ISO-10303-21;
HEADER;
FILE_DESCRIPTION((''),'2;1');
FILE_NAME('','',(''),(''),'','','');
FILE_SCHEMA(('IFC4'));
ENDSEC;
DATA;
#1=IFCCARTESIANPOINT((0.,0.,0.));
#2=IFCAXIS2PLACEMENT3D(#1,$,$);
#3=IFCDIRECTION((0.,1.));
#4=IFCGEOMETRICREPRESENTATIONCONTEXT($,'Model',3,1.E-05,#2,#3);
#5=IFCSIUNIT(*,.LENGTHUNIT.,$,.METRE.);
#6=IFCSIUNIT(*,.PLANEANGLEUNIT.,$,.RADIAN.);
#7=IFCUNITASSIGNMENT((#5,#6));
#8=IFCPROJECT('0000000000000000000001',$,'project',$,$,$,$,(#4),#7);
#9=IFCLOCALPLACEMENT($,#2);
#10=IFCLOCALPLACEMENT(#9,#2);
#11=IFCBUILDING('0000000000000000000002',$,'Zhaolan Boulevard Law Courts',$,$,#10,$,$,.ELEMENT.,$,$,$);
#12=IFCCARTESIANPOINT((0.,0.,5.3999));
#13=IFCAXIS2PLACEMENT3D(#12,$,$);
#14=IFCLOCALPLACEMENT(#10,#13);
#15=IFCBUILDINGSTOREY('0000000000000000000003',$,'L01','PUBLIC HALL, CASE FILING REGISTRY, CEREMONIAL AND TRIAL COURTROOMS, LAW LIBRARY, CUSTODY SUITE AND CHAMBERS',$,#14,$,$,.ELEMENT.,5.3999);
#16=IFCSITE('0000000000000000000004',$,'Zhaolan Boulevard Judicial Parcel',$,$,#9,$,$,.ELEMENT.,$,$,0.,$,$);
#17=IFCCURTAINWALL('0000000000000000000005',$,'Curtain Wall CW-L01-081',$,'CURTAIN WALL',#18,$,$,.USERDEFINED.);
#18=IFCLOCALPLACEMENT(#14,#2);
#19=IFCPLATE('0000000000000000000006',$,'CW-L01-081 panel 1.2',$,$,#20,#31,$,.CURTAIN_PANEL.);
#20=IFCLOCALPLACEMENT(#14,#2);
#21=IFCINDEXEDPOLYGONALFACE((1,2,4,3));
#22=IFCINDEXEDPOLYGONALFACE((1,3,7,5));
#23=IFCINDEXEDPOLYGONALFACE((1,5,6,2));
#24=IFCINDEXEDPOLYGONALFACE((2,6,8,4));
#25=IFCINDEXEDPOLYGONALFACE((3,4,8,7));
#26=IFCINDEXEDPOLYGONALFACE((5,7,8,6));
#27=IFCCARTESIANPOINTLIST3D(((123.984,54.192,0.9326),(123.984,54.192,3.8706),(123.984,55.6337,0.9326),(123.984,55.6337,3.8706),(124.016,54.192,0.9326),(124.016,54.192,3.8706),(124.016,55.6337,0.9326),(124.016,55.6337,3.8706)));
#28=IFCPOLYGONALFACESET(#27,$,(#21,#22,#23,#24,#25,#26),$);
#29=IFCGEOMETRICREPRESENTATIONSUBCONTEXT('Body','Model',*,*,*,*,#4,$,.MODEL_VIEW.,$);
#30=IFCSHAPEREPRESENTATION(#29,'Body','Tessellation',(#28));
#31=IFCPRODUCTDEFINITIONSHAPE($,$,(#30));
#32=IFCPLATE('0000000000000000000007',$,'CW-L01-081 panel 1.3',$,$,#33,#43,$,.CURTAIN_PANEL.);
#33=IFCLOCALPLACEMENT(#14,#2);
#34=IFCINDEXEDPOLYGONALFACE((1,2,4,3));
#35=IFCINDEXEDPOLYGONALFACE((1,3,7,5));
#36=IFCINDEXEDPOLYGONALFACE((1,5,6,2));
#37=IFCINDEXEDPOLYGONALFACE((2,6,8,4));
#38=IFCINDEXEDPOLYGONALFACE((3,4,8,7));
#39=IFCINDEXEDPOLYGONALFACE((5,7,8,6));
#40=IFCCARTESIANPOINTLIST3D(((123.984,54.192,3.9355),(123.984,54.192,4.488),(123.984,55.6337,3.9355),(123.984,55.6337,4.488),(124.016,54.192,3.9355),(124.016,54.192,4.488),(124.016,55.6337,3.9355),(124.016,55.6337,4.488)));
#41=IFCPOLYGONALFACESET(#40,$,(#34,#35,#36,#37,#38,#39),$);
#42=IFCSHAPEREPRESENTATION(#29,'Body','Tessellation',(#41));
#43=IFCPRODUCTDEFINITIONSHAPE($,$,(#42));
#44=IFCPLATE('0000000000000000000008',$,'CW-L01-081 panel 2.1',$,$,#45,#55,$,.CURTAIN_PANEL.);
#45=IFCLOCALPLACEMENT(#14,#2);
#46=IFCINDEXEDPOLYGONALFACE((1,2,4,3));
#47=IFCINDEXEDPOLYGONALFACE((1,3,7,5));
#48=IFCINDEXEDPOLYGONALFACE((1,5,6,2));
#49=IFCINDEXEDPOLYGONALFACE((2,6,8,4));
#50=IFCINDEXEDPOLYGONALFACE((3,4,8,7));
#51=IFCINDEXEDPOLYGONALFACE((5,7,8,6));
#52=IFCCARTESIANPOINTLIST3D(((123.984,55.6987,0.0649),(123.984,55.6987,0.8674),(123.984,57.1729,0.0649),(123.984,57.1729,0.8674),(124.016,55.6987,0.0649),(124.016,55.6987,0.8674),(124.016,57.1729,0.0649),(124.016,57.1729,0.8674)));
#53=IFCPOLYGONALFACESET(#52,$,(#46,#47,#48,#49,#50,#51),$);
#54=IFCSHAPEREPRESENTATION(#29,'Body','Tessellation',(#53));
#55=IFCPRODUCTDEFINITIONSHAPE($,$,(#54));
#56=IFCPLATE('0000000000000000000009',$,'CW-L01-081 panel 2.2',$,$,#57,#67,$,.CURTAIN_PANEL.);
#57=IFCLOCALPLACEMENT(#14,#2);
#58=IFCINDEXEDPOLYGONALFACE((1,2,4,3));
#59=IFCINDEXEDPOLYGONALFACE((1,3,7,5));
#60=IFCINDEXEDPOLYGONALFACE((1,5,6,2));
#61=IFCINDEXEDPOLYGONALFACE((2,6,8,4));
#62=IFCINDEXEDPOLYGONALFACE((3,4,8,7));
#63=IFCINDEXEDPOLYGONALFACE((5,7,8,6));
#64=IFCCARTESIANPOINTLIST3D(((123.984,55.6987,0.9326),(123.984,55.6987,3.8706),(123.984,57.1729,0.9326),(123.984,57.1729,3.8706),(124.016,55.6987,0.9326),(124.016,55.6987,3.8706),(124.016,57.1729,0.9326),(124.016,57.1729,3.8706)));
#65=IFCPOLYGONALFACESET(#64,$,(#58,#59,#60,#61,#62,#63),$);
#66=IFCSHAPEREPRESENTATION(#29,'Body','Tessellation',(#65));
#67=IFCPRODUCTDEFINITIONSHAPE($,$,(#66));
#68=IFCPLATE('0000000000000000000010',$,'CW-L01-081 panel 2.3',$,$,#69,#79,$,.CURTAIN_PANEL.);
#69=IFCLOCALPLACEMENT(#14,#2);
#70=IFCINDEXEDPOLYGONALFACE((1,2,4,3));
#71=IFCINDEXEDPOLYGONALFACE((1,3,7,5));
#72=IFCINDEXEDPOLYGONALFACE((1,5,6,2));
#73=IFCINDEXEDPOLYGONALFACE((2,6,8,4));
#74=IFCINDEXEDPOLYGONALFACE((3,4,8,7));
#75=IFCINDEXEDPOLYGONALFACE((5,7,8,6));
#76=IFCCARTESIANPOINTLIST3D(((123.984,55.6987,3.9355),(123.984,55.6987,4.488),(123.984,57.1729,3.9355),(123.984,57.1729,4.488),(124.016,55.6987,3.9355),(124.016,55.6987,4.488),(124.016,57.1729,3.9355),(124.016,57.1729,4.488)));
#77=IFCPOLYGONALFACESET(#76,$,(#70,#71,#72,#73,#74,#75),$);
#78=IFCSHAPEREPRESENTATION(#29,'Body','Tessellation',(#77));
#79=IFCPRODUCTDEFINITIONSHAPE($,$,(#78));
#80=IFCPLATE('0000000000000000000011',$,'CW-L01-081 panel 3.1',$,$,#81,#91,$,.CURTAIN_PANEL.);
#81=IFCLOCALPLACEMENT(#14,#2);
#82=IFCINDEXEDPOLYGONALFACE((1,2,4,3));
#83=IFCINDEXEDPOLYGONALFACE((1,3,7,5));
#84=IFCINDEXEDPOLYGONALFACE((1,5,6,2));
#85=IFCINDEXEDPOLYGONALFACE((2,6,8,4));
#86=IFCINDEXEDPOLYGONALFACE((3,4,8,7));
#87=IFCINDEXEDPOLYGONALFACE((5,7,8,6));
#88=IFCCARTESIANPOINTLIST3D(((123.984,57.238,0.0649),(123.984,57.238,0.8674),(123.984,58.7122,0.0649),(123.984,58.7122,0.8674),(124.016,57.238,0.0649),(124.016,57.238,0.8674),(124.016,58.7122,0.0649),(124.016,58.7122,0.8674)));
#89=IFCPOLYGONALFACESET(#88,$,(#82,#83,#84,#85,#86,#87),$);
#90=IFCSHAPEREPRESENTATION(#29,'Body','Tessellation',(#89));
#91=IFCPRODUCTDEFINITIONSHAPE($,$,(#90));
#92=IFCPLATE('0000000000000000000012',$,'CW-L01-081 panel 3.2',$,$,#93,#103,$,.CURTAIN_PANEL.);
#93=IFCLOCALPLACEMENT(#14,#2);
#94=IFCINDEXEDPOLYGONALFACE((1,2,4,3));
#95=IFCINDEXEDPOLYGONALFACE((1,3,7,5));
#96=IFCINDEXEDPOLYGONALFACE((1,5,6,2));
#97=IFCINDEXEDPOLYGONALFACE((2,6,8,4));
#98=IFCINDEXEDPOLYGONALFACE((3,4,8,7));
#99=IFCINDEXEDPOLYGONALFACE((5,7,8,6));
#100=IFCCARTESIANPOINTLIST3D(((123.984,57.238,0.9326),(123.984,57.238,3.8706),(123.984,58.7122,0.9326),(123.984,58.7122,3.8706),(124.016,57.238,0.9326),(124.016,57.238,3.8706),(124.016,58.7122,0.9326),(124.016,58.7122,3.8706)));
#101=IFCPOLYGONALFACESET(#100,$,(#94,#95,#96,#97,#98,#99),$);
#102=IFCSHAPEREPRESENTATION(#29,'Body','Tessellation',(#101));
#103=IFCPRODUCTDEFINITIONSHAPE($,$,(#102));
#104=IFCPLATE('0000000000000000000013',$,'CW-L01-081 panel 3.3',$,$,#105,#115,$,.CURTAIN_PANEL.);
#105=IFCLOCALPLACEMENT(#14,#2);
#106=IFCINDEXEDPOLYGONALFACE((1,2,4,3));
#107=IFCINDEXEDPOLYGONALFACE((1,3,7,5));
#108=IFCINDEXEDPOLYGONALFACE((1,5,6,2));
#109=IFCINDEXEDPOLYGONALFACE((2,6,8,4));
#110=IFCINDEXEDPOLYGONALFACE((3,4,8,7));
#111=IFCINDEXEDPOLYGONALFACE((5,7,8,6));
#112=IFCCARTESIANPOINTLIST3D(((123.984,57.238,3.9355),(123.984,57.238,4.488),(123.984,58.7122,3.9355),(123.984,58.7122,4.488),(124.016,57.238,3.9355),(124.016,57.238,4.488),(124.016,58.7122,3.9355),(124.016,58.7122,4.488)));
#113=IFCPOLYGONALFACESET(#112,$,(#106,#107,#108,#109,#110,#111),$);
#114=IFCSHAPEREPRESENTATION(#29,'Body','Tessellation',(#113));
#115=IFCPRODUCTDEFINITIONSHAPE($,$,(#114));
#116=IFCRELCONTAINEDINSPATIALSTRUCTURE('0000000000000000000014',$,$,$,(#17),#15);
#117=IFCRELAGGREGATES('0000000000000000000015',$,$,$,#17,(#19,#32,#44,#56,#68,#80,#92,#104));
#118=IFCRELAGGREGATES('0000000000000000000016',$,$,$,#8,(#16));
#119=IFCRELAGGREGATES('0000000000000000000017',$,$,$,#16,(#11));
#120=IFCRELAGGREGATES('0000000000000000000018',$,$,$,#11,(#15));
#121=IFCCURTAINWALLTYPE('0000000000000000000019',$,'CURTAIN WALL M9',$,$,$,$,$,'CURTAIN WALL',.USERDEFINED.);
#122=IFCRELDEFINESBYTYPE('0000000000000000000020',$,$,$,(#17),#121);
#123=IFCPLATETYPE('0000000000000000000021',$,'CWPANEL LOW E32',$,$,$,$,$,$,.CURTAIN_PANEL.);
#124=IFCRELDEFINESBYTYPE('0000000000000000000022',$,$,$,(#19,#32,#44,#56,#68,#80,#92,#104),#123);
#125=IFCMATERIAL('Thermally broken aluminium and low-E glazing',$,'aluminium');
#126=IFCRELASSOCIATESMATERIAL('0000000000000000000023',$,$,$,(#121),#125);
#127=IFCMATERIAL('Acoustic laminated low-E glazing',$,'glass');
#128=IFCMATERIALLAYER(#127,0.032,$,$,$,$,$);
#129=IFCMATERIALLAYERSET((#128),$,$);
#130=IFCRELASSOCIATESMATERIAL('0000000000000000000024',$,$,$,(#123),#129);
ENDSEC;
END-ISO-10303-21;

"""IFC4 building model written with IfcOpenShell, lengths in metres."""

from ifc_helpers import new_model, si_unit, direction, frame, origin, origin_2d, place, context, subcontext, project, spatial, rectangle, extrude, material, layer, layer_set, type_object, element, aggregate, save


model = new_model("IFC4")

# Units and contexts
model_context = context("Model", 3, precision=1e-05, world=origin(), true_north=direction((0.0, 1.0)))
body_context = subcontext(model_context, "Body", "Model", "MODEL_VIEW")
ifc_project = project(units=[si_unit("LENGTHUNIT", "METRE"), si_unit("PLANEANGLEUNIT", "RADIAN")], contexts=[model_context])

# Site, building, storey
site_placement = place(None, origin())
site = spatial("IfcSite", under=ifc_project, at=site_placement, Name="Zhaolan Boulevard Judicial Parcel", CompositionType="ELEMENT", RefElevation=0.0)
building_placement = place(site_placement, origin())
building = spatial("IfcBuilding", under=site, at=building_placement, Name="Zhaolan Boulevard Law Courts", CompositionType="ELEMENT")
storey_placement = place(building_placement, frame((0.0, 0.0, 5.3999)))
storey = spatial("IfcBuildingStorey", under=building, at=storey_placement, Name="L01", Description="PUBLIC HALL, CASE FILING REGISTRY, CEREMONIAL AND TRIAL COURTROOMS, LAW LIBRARY, CUSTODY SUITE AND CHAMBERS", CompositionType="ELEMENT", Elevation=5.3999)

# Curtain wall
ifc_material_1 = material(Name="Thermally broken aluminium and low-E glazing", Category="aluminium")
curtain_wall_type_1 = type_object("IfcCurtainWallType", Name="CURTAIN WALL M9", ElementType="CURTAIN WALL", PredefinedType="USERDEFINED", material=ifc_material_1)
curtain_wall_1_placement = place(storey_placement, origin())
curtain_wall_1 = element("IfcCurtainWall", 1, at=curtain_wall_1_placement, inside=storey, type_object=curtain_wall_type_1, Name="Curtain Wall CW-L01-081", ObjectType="CURTAIN WALL", PredefinedType="USERDEFINED")

# Shared definitions
ifc_material_2 = material(Name="Acoustic laminated low-E glazing", Category="glass")
ifc_layer = layer(ifc_material_2, 0.032)
ifc_layer_set = layer_set([ifc_layer])
plate_type = type_object("IfcPlateType", Name="CWPANEL LOW E32", PredefinedType="CURTAIN_PANEL", material=ifc_layer_set)

# Plates
plate_1_placement = place(storey_placement, frame((124.0, 54.9128, 0.9326), z_axis=(0.0, 0.0, 1.0), x_axis=(0.0, 1.0, 0.0)))
plate_1 = element("IfcPlate", 2, at=plate_1_placement, type_object=plate_type, Name="CW-L01-081 panel 1.2", PredefinedType="CURTAIN_PANEL", context=body_context, shape_type="SweptSolid", body=[
    extrude(rectangle(XDim=1.4417, YDim=0.032, at=origin_2d()), origin(), (0.0, 0.0, 1.0), 2.938),
])
plate_2_placement = place(storey_placement, frame((124.0, 54.9128, 3.9355), z_axis=(0.0, 0.0, 1.0), x_axis=(0.0, 1.0, 0.0)))
plate_2 = element("IfcPlate", 3, at=plate_2_placement, type_object=plate_type, Name="CW-L01-081 panel 1.3", PredefinedType="CURTAIN_PANEL", context=body_context, shape_type="SweptSolid", body=[
    extrude(rectangle(XDim=1.4417, YDim=0.032, at=origin_2d()), origin(), (0.0, 0.0, 1.0), 0.5525),
])
plate_3_placement = place(storey_placement, frame((124.0, 56.4358, 0.0649), z_axis=(0.0, 0.0, 1.0), x_axis=(0.0, 1.0, 0.0)))
plate_3 = element("IfcPlate", 4, at=plate_3_placement, type_object=plate_type, Name="CW-L01-081 panel 2.1", PredefinedType="CURTAIN_PANEL", context=body_context, shape_type="SweptSolid", body=[
    extrude(rectangle(XDim=1.4741, YDim=0.032, at=origin_2d()), origin(), (0.0, 0.0, 1.0), 0.8025),
])
plate_4_placement = place(storey_placement, frame((124.0, 56.4358, 0.9326), z_axis=(0.0, 0.0, 1.0), x_axis=(0.0, 1.0, 0.0)))
plate_4 = element("IfcPlate", 5, at=plate_4_placement, type_object=plate_type, Name="CW-L01-081 panel 2.2", PredefinedType="CURTAIN_PANEL", context=body_context, shape_type="SweptSolid", body=[
    extrude(rectangle(XDim=1.4741, YDim=0.032, at=origin_2d()), origin(), (0.0, 0.0, 1.0), 2.938),
])
plate_5_placement = place(storey_placement, frame((124.0, 56.4358, 3.9355), z_axis=(0.0, 0.0, 1.0), x_axis=(0.0, 1.0, 0.0)))
plate_5 = element("IfcPlate", 6, at=plate_5_placement, type_object=plate_type, Name="CW-L01-081 panel 2.3", PredefinedType="CURTAIN_PANEL", context=body_context, shape_type="SweptSolid", body=[
    extrude(rectangle(XDim=1.4741, YDim=0.032, at=origin_2d()), origin(), (0.0, 0.0, 1.0), 0.5525),
])
plate_6_placement = place(storey_placement, frame((124.0, 57.9751, 0.0649), z_axis=(0.0, 0.0, 1.0), x_axis=(0.0, 1.0, 0.0)))
plate_6 = element("IfcPlate", 7, at=plate_6_placement, type_object=plate_type, Name="CW-L01-081 panel 3.1", PredefinedType="CURTAIN_PANEL", context=body_context, shape_type="SweptSolid", body=[
    extrude(rectangle(XDim=1.4741, YDim=0.032, at=origin_2d()), origin(), (0.0, 0.0, 1.0), 0.8025),
])
plate_7_placement = place(storey_placement, frame((124.0, 57.9751, 0.9326), z_axis=(0.0, 0.0, 1.0), x_axis=(0.0, 1.0, 0.0)))
plate_7 = element("IfcPlate", 8, at=plate_7_placement, type_object=plate_type, Name="CW-L01-081 panel 3.2", PredefinedType="CURTAIN_PANEL", context=body_context, shape_type="SweptSolid", body=[
    extrude(rectangle(XDim=1.4741, YDim=0.032, at=origin_2d()), origin(), (0.0, 0.0, 1.0), 2.938),
])
plate_8_placement = place(storey_placement, frame((124.0, 57.9751, 3.9355), z_axis=(0.0, 0.0, 1.0), x_axis=(0.0, 1.0, 0.0)))
plate_8 = element("IfcPlate", 9, at=plate_8_placement, type_object=plate_type, Name="CW-L01-081 panel 3.3", PredefinedType="CURTAIN_PANEL", context=body_context, shape_type="SweptSolid", body=[
    extrude(rectangle(XDim=1.4741, YDim=0.032, at=origin_2d()), origin(), (0.0, 0.0, 1.0), 0.5525),
])
aggregate(curtain_wall_1, [plate_1, plate_2, plate_3, plate_4, plate_5, plate_6, plate_7, plate_8])

save(model, "model.ifc")
